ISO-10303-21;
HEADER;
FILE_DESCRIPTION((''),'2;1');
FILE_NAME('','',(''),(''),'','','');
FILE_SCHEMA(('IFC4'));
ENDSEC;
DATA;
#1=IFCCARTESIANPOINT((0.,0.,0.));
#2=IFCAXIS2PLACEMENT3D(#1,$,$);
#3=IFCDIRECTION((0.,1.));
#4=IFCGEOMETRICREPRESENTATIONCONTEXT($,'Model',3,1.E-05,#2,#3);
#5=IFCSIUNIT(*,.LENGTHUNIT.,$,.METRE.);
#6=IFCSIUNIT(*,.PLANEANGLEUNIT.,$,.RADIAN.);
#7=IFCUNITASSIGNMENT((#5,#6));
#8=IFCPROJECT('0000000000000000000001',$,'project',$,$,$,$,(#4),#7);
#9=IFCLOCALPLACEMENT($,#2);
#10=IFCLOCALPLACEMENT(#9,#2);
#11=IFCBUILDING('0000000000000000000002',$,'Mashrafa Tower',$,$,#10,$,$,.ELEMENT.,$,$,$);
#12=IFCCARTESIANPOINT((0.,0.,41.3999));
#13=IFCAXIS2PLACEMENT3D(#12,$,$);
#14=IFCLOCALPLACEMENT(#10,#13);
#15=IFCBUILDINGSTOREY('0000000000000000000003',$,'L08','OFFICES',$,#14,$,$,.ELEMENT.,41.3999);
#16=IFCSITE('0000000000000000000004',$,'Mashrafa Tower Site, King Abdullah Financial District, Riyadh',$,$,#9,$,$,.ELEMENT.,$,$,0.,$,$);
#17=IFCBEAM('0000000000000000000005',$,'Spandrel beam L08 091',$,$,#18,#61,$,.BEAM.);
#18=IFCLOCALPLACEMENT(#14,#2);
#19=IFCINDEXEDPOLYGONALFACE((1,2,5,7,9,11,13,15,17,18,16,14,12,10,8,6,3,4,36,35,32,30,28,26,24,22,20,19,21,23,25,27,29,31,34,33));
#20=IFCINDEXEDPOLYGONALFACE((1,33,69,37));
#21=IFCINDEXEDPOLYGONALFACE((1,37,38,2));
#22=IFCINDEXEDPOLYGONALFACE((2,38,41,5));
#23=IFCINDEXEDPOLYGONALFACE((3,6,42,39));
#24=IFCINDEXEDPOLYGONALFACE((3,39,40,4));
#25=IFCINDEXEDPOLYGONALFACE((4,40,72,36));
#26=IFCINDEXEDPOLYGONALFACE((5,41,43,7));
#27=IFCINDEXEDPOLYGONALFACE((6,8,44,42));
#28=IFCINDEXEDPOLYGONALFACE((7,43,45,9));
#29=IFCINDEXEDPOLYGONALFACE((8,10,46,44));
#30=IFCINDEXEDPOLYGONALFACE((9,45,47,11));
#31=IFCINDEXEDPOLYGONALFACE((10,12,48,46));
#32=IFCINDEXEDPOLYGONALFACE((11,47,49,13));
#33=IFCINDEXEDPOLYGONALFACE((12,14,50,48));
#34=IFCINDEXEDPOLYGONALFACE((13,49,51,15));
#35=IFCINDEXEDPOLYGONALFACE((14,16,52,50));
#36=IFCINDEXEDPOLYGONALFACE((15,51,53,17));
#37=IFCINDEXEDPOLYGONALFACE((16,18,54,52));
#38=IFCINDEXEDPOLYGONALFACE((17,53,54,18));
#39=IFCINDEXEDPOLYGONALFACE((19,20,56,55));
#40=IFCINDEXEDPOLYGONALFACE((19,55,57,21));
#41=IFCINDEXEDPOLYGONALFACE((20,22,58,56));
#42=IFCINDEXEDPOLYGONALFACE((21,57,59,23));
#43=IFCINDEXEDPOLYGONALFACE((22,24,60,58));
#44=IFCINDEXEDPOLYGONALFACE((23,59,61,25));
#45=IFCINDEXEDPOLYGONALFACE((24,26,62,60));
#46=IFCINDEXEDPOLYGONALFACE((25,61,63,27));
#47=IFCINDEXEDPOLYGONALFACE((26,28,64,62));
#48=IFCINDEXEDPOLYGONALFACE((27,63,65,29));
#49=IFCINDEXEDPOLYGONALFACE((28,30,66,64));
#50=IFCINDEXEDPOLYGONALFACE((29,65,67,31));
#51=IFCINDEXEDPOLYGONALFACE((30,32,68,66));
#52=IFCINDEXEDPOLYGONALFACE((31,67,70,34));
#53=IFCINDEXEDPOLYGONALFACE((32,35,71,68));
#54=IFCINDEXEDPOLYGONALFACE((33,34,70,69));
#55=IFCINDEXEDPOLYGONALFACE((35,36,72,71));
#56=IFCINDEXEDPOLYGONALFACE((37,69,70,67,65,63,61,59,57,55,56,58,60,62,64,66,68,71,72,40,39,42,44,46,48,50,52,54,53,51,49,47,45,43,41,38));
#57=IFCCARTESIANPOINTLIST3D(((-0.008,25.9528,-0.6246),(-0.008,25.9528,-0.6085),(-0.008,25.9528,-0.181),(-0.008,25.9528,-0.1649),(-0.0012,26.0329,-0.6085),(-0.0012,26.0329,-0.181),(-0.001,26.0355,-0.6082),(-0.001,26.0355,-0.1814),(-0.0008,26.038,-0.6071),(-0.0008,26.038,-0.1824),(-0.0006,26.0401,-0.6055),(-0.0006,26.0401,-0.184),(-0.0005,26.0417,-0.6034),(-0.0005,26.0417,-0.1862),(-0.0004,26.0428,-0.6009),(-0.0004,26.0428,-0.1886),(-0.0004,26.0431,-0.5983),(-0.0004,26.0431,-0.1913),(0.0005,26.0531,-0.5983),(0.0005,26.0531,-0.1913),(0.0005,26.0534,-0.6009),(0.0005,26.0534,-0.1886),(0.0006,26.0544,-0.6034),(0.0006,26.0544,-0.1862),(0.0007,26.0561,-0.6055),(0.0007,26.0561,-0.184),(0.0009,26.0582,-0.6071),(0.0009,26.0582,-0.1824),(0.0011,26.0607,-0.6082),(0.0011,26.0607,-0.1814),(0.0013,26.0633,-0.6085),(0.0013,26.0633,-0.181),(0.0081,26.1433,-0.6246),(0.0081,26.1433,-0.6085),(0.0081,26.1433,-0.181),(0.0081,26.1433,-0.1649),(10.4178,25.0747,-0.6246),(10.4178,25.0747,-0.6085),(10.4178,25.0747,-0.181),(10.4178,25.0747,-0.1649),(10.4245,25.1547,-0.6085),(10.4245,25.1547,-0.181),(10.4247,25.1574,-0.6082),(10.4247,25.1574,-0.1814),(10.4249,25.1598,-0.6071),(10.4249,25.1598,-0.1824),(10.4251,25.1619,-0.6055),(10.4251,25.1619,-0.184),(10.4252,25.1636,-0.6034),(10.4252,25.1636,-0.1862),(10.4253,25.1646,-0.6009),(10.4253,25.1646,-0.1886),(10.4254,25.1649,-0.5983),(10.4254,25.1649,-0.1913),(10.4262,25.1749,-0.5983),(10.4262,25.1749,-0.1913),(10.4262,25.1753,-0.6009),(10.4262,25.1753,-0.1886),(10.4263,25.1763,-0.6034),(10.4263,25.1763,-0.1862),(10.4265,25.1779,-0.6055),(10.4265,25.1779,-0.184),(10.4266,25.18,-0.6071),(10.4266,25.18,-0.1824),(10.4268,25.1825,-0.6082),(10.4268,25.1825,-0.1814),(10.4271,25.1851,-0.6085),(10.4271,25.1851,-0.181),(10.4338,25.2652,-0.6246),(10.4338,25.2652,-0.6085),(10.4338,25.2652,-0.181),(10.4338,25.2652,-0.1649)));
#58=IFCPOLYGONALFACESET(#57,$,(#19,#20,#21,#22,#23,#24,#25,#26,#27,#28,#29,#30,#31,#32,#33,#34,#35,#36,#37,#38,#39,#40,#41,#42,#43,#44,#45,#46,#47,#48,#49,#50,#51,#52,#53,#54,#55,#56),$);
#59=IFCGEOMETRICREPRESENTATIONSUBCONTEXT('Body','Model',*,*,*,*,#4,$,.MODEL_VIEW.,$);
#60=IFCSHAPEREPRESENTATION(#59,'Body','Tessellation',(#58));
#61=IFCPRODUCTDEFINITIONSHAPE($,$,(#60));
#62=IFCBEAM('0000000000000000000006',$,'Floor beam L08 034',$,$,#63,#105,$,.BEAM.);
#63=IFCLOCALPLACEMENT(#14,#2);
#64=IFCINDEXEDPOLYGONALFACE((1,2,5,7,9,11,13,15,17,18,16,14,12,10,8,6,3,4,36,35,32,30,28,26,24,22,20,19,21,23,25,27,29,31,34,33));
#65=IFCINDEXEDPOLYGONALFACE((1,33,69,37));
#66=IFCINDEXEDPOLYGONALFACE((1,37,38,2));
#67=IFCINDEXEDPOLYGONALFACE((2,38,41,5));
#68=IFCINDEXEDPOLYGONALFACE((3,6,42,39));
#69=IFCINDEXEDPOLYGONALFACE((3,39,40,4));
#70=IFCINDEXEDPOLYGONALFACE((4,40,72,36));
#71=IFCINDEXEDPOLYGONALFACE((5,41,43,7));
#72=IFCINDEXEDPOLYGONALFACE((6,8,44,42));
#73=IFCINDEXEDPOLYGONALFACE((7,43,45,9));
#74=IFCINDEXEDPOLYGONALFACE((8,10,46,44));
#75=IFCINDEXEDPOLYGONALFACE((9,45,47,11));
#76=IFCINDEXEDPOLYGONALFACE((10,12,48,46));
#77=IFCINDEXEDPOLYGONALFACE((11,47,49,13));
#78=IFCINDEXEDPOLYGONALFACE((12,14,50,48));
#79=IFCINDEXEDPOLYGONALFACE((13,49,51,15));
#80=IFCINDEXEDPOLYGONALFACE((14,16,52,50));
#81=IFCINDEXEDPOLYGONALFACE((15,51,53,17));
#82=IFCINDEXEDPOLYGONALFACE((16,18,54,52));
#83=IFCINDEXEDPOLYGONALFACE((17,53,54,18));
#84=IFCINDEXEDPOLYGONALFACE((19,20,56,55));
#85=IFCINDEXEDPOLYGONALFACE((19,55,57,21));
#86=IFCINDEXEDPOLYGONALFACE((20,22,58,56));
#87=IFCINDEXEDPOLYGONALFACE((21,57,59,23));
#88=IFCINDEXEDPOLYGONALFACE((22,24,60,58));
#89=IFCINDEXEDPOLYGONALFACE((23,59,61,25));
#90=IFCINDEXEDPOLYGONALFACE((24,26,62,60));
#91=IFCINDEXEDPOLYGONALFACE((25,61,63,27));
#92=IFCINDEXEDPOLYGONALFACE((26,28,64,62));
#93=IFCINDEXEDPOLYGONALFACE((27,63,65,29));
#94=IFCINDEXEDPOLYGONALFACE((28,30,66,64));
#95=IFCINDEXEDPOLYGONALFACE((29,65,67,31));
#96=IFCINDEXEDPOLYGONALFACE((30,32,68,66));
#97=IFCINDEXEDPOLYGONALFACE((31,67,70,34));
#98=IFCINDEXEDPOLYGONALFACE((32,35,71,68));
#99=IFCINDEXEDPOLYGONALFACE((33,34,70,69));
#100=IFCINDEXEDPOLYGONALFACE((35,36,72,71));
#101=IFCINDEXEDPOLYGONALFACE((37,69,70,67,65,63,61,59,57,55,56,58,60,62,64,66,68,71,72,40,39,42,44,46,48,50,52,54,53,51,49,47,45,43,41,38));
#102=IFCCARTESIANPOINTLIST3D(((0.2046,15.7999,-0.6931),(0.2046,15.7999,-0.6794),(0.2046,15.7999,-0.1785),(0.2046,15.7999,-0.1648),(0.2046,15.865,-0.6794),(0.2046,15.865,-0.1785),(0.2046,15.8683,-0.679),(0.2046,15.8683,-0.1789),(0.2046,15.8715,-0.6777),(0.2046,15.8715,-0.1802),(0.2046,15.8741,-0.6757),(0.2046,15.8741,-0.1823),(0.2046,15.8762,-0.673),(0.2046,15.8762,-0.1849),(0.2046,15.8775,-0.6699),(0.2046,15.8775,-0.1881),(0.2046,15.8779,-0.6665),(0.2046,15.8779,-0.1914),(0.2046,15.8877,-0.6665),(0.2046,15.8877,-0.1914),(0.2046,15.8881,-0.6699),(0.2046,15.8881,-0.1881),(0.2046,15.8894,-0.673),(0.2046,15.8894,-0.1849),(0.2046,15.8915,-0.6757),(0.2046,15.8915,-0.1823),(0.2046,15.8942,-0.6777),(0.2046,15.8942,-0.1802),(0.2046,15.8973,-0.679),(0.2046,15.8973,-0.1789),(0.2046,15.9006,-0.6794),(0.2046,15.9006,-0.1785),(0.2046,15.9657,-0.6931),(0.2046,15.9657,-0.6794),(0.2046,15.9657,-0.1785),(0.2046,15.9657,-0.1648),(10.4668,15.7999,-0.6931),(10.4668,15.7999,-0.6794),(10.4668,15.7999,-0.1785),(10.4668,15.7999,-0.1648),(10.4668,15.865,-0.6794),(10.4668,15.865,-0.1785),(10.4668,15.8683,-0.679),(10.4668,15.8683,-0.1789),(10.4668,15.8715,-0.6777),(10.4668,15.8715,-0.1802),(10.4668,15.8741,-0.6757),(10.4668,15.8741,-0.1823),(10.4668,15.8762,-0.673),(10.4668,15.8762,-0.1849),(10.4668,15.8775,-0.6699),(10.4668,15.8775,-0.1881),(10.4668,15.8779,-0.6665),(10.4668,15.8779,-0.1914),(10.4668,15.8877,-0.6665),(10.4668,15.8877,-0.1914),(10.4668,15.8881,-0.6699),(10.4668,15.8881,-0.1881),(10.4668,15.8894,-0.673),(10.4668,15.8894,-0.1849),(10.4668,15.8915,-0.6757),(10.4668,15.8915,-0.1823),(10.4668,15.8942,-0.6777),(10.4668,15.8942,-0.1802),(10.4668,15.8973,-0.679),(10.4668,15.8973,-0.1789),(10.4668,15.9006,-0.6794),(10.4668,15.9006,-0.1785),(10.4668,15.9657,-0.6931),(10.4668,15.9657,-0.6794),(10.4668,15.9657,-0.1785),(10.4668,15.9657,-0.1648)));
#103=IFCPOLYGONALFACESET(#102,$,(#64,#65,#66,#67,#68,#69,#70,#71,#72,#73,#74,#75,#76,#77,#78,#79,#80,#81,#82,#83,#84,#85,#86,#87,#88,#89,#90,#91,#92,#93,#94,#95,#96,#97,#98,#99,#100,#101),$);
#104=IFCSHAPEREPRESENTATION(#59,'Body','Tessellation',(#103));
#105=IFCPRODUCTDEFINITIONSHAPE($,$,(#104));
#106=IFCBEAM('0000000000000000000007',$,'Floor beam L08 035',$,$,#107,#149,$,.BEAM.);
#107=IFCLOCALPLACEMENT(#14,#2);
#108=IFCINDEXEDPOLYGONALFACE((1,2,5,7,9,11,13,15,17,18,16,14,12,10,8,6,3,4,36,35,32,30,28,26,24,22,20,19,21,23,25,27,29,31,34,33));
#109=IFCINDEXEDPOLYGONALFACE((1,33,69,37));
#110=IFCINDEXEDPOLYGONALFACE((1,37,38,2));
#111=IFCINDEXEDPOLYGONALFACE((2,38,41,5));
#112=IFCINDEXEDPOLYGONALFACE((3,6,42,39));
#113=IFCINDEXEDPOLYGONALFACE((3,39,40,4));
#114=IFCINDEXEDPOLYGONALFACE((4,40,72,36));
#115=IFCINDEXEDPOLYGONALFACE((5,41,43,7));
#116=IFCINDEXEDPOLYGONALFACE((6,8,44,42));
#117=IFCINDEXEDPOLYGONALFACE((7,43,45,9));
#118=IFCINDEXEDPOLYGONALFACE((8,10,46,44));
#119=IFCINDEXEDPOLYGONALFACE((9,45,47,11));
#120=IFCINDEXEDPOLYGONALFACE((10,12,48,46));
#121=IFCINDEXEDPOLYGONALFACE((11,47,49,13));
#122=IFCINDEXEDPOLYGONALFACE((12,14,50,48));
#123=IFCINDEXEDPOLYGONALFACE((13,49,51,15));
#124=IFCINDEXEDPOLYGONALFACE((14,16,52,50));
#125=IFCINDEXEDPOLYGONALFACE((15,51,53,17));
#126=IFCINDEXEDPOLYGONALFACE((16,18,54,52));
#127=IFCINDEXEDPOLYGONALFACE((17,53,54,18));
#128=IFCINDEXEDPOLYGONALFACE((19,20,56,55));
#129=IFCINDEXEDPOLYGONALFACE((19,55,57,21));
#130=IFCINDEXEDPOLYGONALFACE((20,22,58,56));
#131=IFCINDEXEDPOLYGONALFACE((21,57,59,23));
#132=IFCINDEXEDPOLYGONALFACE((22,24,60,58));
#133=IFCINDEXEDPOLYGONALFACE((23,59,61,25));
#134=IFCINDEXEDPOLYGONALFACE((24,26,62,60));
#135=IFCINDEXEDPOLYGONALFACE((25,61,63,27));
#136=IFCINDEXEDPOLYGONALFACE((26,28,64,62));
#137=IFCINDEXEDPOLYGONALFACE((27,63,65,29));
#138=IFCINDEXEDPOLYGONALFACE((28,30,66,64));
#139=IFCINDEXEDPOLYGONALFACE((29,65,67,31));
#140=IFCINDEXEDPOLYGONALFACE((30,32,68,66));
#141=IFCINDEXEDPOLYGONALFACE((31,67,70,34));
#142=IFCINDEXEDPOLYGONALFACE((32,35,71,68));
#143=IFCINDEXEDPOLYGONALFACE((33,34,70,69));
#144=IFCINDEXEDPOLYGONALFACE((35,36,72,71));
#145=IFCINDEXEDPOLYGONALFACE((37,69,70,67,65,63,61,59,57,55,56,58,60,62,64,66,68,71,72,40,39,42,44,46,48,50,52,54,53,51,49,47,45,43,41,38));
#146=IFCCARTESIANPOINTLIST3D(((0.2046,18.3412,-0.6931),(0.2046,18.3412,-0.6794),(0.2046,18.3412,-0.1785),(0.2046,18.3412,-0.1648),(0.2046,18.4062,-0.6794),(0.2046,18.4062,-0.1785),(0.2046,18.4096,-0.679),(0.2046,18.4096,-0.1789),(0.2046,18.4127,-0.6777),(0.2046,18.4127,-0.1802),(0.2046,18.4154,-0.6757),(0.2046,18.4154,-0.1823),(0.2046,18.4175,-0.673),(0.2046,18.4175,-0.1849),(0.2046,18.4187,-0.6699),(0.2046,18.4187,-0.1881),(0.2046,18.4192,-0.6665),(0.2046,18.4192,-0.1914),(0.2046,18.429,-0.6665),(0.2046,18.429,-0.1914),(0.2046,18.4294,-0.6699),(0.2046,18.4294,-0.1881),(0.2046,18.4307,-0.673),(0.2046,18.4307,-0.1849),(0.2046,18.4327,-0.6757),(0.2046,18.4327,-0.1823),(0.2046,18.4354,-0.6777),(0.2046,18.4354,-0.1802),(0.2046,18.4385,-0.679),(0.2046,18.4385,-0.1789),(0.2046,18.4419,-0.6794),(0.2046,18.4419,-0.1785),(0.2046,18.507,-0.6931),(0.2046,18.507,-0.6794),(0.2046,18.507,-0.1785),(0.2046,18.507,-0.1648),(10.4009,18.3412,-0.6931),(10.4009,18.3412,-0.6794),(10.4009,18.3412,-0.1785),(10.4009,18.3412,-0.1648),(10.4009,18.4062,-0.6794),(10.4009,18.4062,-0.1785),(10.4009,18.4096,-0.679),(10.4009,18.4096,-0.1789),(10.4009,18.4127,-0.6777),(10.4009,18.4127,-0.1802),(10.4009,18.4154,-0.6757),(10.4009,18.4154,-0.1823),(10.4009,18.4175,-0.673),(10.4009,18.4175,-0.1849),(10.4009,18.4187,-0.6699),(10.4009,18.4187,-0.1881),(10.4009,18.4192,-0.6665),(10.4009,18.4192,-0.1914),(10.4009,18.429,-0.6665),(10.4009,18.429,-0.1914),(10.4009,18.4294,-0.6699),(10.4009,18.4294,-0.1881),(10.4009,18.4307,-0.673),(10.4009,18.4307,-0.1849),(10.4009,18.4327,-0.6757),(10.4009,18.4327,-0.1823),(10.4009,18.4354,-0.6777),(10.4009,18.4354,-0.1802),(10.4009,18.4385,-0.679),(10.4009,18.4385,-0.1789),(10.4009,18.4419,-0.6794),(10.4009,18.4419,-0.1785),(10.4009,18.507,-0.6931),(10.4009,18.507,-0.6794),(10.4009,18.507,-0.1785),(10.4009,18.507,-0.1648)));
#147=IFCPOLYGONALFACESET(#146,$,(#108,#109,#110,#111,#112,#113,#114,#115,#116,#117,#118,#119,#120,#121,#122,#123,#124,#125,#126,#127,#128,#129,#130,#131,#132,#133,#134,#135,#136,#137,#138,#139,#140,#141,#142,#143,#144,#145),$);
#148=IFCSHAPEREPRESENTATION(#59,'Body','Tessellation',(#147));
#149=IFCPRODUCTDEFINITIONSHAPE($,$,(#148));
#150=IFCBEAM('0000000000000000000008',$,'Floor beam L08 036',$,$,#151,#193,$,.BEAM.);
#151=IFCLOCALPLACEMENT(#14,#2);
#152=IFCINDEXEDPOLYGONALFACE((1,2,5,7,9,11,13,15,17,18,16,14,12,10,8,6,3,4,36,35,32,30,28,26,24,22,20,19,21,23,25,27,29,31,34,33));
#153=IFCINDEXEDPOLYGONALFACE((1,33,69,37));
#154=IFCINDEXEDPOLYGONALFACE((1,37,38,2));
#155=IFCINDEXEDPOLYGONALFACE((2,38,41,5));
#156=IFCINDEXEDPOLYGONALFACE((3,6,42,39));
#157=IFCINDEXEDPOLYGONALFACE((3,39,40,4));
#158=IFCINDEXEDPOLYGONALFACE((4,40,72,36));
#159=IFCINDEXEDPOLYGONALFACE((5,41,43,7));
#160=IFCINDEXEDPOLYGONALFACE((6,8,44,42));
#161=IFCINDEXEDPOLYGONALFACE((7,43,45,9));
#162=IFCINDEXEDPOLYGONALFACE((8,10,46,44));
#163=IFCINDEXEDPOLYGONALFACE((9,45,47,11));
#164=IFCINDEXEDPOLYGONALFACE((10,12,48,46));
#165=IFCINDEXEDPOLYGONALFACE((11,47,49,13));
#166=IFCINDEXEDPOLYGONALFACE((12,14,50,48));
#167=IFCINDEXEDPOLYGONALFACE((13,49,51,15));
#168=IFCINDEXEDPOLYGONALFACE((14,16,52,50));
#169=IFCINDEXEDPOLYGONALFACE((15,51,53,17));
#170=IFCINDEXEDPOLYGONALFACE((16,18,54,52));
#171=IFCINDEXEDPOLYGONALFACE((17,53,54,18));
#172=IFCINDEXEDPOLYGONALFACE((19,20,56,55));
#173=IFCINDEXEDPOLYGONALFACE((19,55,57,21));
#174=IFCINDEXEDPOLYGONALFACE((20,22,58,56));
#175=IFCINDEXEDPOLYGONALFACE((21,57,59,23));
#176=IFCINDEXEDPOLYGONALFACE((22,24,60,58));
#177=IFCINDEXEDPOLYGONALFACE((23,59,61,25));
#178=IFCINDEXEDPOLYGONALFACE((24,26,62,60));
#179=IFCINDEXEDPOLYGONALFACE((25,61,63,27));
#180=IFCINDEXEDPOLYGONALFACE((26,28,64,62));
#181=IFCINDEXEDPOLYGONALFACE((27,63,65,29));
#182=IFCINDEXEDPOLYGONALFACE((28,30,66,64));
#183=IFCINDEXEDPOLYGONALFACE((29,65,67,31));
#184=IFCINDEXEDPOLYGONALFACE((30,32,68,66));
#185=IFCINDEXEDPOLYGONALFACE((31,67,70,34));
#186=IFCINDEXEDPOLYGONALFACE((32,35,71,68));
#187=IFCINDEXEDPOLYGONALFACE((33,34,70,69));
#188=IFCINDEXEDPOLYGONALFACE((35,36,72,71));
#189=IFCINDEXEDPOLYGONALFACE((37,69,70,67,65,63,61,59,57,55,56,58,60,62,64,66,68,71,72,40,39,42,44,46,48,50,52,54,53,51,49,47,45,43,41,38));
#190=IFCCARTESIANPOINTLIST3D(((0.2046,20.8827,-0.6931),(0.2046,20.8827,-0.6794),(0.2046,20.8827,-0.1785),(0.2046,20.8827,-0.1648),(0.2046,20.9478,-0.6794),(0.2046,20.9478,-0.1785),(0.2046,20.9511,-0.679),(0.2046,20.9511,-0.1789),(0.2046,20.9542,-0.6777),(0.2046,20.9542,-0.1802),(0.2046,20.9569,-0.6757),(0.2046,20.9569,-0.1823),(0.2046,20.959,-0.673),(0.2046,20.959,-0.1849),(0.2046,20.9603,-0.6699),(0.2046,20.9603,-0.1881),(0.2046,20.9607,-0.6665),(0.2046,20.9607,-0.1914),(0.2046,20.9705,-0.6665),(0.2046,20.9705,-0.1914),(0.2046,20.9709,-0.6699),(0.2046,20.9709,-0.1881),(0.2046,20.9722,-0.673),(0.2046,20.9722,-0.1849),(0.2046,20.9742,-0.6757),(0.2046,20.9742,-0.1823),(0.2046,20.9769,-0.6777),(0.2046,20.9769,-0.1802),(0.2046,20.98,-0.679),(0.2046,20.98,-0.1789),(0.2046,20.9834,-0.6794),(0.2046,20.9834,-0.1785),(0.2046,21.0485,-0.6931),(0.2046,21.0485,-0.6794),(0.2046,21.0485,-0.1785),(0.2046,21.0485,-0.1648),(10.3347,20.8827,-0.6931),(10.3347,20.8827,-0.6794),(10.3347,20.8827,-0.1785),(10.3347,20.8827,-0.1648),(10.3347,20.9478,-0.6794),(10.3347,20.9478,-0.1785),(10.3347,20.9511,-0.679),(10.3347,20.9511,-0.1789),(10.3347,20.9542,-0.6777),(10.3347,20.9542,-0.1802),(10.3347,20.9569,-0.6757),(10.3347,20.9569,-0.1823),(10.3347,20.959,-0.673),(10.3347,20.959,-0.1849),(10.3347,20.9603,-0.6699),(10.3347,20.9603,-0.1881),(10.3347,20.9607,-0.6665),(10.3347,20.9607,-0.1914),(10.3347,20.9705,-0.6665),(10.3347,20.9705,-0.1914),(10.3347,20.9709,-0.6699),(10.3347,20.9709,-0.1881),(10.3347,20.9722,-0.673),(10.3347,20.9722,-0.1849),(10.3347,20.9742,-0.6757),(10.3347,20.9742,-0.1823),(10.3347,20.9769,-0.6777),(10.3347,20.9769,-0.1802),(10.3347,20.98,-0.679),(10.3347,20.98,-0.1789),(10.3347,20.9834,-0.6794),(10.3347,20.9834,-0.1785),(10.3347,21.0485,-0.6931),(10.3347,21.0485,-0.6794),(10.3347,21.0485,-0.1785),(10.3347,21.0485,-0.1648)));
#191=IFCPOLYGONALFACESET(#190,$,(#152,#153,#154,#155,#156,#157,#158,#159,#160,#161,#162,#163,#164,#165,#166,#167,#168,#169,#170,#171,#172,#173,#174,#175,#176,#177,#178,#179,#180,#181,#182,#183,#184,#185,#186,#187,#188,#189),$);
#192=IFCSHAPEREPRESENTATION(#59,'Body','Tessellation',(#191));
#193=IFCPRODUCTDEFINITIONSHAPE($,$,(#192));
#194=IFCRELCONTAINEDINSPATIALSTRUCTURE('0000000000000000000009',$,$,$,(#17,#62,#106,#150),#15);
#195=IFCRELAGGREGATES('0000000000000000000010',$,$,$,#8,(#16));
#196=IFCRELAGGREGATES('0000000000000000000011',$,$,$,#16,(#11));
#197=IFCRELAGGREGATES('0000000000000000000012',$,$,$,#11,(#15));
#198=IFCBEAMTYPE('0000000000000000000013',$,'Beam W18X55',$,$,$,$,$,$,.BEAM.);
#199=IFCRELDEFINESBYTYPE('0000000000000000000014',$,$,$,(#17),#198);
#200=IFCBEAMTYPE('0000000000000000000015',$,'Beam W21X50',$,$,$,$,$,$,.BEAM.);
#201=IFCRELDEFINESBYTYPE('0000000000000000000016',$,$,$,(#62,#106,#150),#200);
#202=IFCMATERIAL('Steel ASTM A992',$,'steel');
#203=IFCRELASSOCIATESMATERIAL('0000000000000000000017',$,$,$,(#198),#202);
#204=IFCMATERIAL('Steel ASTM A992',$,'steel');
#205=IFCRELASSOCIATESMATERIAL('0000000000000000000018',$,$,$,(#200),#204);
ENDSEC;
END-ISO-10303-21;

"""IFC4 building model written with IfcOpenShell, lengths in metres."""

from ifc_helpers import new_model, si_unit, direction, frame, origin, origin_2d, place, context, subcontext, project, spatial, i_section, extrude, material, material_profile, profile_set, type_object, element, save


model = new_model("IFC4")

# Units and contexts
model_context = context("Model", 3, precision=1e-05, world=origin(), true_north=direction((0.0, 1.0)))
body_context = subcontext(model_context, "Body", "Model", "MODEL_VIEW")
ifc_project = project(units=[si_unit("LENGTHUNIT", "METRE"), si_unit("PLANEANGLEUNIT", "RADIAN")], contexts=[model_context])

# Site, building, storey
site_placement = place(None, origin())
site = spatial("IfcSite", under=ifc_project, at=site_placement, Name="Mashrafa Tower Site, King Abdullah Financial District, Riyadh", CompositionType="ELEMENT", RefElevation=0.0)
building_placement = place(site_placement, origin())
building = spatial("IfcBuilding", under=site, at=building_placement, Name="Mashrafa Tower", CompositionType="ELEMENT")
storey_placement = place(building_placement, frame((0.0, 0.0, 41.3999)))
storey = spatial("IfcBuildingStorey", under=building, at=storey_placement, Name="L08", Description="OFFICES", CompositionType="ELEMENT", Elevation=41.3999)

# Beams
ifc_material_1 = material(Name="Steel ASTM A992", Category="steel")
ifc_material_profile_1 = material_profile(ifc_material_1, i_section(OverallWidth=0.1912, OverallDepth=0.4597, WebThickness=0.01, FlangeThickness=0.0161, FilletRadius=0.0103, at=origin_2d()), Name="W18X55")
ifc_profile_set_1 = profile_set([ifc_material_profile_1], Name="Steel ASTM A992")
beam_type_1 = type_object("IfcBeamType", Name="Beam W18X55", PredefinedType="BEAM", material=ifc_profile_set_1)
for number, where, z_axis, x_axis, name in (
    (1, (10.4258, 25.1699, -0.3948), (-0.996471, 0.083934, 0.0), (-0.083934, -0.996471, 0.0), "Spandrel beam L08 091"),
):
    element("IfcBeam", number, at=place(storey_placement, frame(where, z_axis=z_axis, x_axis=x_axis)), inside=storey, type_object=beam_type_1, Name=name, PredefinedType="BEAM", context=body_context, shape_type="SweptSolid", body=[
        extrude(i_section(OverallWidth=0.1912, OverallDepth=0.4597, WebThickness=0.01, FlangeThickness=0.0161, FilletRadius=0.0103, at=origin_2d()), origin(), (0.0, 0.0, 1.0), 10.4626),
    ])
ifc_material_2 = material(Name="Steel ASTM A992", Category="steel")
ifc_material_profile_2 = material_profile(ifc_material_2, i_section(OverallWidth=0.1658, OverallDepth=0.5283, WebThickness=0.0098, FlangeThickness=0.0137, FilletRadius=0.0129, at=origin_2d()), Name="W21X50")
ifc_profile_set_2 = profile_set([ifc_material_profile_2], Name="Steel ASTM A992")
beam_type_2 = type_object("IfcBeamType", Name="Beam W21X50", PredefinedType="BEAM", material=ifc_profile_set_2)
beam_1_placement = place(storey_placement, frame((0.2046, 15.8828, -0.429), z_axis=(1.0, 0.0, 0.0), x_axis=(0.0, 1.0, 0.0)))
element("IfcBeam", 2, at=beam_1_placement, inside=storey, type_object=beam_type_2, Name="Floor beam L08 034", PredefinedType="BEAM", context=body_context, shape_type="SweptSolid", body=[
    extrude(i_section(OverallWidth=0.1658, OverallDepth=0.5283, WebThickness=0.0098, FlangeThickness=0.0137, FilletRadius=0.0129, at=origin_2d()), origin(), (0.0, 0.0, 1.0), 10.2622),
])
beam_2_placement = place(storey_placement, frame((0.2046, 18.4241, -0.429), z_axis=(1.0, 0.0, 0.0), x_axis=(0.0, 1.0, 0.0)))
element("IfcBeam", 3, at=beam_2_placement, inside=storey, type_object=beam_type_2, Name="Floor beam L08 035", PredefinedType="BEAM", context=body_context, shape_type="SweptSolid", body=[
    extrude(i_section(OverallWidth=0.1658, OverallDepth=0.5283, WebThickness=0.0098, FlangeThickness=0.0137, FilletRadius=0.0129, at=origin_2d()), origin(), (0.0, 0.0, 1.0), 10.1963),
])
beam_3_placement = place(storey_placement, frame((0.2046, 20.9656, -0.429), z_axis=(1.0, 0.0, 0.0), x_axis=(0.0, 1.0, 0.0)))
element("IfcBeam", 4, at=beam_3_placement, inside=storey, type_object=beam_type_2, Name="Floor beam L08 036", PredefinedType="BEAM", context=body_context, shape_type="SweptSolid", body=[
    extrude(i_section(OverallWidth=0.1658, OverallDepth=0.5283, WebThickness=0.0098, FlangeThickness=0.0137, FilletRadius=0.0129, at=origin_2d()), origin(), (0.0, 0.0, 1.0), 10.1301),
])

save(model, "model.ifc")
